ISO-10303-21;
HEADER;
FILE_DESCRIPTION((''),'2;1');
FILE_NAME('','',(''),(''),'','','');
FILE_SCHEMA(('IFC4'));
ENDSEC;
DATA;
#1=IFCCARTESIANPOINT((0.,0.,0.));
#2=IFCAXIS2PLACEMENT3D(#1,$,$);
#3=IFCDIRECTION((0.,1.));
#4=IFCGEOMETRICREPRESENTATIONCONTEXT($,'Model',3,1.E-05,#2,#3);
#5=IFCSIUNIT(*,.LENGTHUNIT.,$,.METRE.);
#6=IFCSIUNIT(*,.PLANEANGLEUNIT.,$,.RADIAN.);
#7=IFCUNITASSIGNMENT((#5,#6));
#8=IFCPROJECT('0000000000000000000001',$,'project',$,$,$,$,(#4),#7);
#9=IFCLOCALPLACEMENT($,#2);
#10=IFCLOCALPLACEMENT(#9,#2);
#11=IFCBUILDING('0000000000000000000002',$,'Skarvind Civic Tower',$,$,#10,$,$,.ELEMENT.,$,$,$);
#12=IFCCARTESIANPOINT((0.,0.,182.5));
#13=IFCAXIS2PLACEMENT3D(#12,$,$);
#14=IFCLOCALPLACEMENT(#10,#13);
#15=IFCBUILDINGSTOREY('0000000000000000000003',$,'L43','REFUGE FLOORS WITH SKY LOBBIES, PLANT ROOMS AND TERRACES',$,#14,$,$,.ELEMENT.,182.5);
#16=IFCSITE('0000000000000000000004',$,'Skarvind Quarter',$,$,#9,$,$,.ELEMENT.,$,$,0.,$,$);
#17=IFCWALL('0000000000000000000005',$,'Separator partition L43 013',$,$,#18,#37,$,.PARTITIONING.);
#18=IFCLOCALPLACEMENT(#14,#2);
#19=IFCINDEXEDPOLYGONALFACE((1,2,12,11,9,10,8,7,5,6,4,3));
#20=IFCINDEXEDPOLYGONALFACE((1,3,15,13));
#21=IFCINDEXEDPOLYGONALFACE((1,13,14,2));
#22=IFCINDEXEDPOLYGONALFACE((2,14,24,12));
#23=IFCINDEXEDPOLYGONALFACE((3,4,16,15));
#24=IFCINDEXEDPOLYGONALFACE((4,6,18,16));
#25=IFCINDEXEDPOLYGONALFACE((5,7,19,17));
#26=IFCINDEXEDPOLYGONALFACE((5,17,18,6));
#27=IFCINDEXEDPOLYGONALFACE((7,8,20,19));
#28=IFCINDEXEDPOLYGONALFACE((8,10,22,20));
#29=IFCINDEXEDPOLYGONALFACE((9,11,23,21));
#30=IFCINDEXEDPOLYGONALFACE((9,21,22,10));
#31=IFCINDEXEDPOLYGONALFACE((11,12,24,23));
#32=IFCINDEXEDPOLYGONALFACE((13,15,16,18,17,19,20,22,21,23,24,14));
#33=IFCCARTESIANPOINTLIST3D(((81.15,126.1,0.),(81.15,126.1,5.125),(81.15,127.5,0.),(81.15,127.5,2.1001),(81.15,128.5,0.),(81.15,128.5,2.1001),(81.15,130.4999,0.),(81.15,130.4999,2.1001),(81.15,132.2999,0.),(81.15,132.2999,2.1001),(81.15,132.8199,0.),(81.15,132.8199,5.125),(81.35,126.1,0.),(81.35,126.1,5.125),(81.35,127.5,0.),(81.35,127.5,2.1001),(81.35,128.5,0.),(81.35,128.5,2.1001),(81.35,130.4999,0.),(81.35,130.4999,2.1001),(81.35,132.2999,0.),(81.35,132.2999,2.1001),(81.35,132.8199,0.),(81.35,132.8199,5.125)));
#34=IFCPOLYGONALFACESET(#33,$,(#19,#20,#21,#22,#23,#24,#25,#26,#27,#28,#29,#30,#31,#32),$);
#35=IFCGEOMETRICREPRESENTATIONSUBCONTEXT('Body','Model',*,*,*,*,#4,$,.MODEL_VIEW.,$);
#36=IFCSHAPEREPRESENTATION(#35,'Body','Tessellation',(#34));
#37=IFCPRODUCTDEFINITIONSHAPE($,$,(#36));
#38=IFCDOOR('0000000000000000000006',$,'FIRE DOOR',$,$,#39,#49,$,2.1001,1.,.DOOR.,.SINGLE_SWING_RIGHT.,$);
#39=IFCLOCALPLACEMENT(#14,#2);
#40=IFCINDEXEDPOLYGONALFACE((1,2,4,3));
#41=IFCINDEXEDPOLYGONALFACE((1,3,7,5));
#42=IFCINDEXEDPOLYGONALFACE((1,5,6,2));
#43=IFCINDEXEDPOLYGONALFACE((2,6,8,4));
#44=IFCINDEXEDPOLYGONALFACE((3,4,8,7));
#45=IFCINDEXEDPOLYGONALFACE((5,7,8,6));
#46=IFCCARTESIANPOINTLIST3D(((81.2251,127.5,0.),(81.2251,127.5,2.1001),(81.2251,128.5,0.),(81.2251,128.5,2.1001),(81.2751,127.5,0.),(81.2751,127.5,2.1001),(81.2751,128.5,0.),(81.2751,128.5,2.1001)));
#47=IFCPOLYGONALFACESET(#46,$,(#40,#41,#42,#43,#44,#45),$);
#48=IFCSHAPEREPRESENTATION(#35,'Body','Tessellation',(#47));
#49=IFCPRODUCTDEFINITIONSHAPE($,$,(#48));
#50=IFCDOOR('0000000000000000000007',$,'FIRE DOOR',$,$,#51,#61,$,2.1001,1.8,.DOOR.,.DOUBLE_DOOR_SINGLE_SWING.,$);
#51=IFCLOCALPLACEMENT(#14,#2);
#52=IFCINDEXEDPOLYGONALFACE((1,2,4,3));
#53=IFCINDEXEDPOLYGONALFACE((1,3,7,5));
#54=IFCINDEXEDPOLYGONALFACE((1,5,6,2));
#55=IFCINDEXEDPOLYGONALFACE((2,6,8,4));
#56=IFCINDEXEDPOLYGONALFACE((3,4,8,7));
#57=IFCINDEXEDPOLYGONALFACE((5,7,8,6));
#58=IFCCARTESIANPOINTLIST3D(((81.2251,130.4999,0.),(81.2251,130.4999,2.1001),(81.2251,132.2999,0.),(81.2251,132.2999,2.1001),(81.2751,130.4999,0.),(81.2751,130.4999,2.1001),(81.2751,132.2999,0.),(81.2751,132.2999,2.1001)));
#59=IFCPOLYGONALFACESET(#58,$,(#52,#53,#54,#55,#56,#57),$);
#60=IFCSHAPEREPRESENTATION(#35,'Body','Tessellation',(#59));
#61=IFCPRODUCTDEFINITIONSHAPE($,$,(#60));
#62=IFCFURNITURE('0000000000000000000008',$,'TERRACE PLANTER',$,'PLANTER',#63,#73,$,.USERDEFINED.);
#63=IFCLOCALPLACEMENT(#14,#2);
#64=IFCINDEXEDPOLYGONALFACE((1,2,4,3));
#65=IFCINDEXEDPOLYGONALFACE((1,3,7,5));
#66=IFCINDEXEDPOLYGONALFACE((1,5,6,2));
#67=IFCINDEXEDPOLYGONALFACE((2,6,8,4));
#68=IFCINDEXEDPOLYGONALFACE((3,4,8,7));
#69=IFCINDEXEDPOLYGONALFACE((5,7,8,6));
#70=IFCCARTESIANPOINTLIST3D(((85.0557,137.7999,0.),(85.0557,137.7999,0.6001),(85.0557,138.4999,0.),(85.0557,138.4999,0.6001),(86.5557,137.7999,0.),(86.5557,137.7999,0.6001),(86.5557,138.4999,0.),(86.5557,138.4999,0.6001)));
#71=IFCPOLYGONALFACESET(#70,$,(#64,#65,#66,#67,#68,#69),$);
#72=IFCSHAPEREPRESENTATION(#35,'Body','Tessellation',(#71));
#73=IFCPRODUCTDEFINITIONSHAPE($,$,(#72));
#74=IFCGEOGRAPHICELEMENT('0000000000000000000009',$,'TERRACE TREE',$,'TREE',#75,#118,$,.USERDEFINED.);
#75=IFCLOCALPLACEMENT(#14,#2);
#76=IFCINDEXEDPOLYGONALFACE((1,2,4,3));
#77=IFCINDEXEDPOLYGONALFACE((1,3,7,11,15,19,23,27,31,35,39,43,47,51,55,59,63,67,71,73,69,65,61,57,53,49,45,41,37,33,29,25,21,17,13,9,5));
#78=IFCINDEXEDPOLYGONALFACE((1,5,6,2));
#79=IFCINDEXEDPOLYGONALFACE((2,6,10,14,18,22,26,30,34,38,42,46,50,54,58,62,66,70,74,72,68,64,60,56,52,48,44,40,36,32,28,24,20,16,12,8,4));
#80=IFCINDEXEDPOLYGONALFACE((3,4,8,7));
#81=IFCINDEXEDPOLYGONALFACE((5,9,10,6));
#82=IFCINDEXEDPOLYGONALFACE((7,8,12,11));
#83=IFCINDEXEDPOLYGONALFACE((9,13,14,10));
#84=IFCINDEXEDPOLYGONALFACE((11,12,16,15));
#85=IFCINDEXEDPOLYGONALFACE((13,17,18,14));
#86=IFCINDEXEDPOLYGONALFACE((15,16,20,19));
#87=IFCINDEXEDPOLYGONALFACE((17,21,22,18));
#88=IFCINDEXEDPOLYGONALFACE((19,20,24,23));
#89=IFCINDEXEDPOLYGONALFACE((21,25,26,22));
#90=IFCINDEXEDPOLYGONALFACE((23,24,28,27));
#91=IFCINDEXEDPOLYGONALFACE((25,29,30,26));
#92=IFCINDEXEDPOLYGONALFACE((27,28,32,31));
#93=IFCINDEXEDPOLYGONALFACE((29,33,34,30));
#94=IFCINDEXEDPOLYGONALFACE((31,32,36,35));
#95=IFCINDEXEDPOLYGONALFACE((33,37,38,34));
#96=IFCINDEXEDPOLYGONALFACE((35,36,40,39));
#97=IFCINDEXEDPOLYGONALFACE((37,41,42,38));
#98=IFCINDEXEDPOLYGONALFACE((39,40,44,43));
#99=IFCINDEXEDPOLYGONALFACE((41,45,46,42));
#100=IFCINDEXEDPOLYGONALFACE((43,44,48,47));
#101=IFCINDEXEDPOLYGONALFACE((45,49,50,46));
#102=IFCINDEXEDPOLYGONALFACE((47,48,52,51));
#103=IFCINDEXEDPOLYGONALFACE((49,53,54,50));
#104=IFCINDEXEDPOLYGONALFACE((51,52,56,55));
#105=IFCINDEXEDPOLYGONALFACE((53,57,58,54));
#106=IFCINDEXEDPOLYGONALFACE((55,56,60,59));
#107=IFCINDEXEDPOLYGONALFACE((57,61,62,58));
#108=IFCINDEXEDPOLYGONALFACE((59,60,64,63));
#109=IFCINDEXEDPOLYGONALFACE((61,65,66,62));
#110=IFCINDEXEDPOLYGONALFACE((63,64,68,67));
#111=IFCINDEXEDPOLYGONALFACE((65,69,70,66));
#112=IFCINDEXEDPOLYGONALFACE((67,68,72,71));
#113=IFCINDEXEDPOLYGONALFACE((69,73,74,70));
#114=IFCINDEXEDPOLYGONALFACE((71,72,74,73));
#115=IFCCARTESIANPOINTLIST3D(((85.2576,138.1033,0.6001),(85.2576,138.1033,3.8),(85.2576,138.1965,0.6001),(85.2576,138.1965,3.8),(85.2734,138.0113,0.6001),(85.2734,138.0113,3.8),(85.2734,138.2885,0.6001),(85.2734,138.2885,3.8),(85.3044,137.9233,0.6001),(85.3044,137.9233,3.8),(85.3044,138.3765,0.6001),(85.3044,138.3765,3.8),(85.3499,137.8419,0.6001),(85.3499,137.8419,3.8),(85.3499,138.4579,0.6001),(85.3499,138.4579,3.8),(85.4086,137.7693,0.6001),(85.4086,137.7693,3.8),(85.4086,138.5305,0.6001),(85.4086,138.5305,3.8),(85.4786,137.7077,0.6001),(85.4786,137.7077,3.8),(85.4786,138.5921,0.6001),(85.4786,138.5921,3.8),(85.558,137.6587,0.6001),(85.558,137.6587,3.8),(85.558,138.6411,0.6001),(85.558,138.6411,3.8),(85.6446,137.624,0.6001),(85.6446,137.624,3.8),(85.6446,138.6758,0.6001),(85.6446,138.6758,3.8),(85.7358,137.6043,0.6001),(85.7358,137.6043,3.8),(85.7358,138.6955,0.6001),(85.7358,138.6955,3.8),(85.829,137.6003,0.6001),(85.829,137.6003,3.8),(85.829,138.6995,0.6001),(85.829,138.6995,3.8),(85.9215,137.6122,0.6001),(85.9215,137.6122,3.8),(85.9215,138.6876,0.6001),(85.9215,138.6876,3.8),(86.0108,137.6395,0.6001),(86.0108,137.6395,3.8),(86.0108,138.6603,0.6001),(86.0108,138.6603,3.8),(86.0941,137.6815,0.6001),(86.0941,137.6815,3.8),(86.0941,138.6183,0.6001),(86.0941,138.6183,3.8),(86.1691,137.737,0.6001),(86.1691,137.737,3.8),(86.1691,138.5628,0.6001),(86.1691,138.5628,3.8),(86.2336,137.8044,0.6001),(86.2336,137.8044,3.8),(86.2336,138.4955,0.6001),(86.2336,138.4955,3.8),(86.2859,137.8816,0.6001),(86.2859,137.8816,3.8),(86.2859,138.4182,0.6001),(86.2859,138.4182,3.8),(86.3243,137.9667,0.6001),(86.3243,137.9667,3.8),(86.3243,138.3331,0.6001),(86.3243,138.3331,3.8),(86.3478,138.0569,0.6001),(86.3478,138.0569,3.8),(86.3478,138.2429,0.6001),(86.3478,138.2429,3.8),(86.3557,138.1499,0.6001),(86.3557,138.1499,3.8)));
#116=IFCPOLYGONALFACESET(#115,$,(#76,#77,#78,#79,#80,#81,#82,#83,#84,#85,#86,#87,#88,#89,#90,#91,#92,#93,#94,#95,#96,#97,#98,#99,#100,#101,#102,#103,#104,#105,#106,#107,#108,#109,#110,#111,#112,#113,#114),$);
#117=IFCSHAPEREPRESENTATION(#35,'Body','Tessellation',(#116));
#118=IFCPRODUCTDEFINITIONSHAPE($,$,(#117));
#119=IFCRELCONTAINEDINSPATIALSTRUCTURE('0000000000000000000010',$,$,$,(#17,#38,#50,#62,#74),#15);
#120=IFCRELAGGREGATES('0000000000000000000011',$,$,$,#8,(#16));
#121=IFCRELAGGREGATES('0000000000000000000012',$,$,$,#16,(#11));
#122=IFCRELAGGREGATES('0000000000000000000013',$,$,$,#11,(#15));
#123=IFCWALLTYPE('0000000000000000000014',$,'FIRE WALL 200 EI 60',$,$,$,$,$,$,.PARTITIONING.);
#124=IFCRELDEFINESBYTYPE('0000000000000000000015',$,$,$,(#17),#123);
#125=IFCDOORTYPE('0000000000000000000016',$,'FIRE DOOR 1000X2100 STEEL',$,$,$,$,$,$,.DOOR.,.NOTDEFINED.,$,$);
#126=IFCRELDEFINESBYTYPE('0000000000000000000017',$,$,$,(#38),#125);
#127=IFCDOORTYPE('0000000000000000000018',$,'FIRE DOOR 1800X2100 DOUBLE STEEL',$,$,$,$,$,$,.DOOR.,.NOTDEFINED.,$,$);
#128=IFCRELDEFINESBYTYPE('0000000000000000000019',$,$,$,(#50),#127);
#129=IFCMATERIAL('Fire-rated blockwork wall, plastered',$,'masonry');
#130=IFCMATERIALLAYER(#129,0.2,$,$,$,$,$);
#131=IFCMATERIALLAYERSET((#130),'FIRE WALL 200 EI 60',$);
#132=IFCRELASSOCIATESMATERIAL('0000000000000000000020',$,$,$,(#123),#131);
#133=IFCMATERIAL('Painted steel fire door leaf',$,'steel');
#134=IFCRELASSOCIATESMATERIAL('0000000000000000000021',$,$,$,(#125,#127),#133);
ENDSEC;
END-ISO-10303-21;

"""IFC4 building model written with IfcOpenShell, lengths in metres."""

from ifc_helpers import new_model, si_unit, direction, frame, frame_2d, origin, origin_2d, place, context, subcontext, project, spatial, rectangle, circle, extrude, material, layer, layer_set, type_object, element, fill, save


model = new_model("IFC4")

# Units and contexts
model_context = context("Model", 3, precision=1e-05, world=origin(), true_north=direction((0.0, 1.0)))
body_context = subcontext(model_context, "Body", "Model", "MODEL_VIEW")
ifc_project = project(units=[si_unit("LENGTHUNIT", "METRE"), si_unit("PLANEANGLEUNIT", "RADIAN")], contexts=[model_context])

# Site, building, storey
site_placement = place(None, origin())
site = spatial("IfcSite", under=ifc_project, at=site_placement, Name="Skarvind Quarter", CompositionType="ELEMENT", RefElevation=0.0)
building_placement = place(site_placement, origin())
building = spatial("IfcBuilding", under=site, at=building_placement, Name="Skarvind Civic Tower", CompositionType="ELEMENT")
storey_placement = place(building_placement, frame((0.0, 0.0, 182.5)))
storey = spatial("IfcBuildingStorey", under=building, at=storey_placement, Name="L43", Description="REFUGE FLOORS WITH SKY LOBBIES, PLANT ROOMS AND TERRACES", CompositionType="ELEMENT", Elevation=182.5)

# Wall, openings, doors
ifc_material_1 = material(Name="Fire-rated blockwork wall, plastered", Category="masonry")
ifc_layer_1 = layer(ifc_material_1, 0.2)
ifc_layer_set_1 = layer_set([ifc_layer_1], Name="FIRE WALL 200 EI 60")
wall_type_1 = type_object("IfcWallType", Name="FIRE WALL 200 EI 60", PredefinedType="PARTITIONING", material=ifc_layer_set_1)
wall_1_placement = place(storey_placement, frame((81.25, 126.1001, 0.0), z_axis=(0.0, 0.0, 1.0), x_axis=(0.0, 1.0, 0.0)))
wall_1 = element("IfcWall", 1, at=wall_1_placement, inside=storey, type_object=wall_type_1, Name="Separator partition L43 013", PredefinedType="PARTITIONING", context=body_context, shape_type="SweptSolid", body=[
    extrude(rectangle(XDim=6.72, YDim=0.2, at=frame_2d((3.3599, 0.0))), origin(), (0.0, 0.0, 1.0), 5.125),
])
opening_1_placement = place(wall_1_placement, frame((1.3999, 0.0, 0.0)))
opening_1 = element("IfcOpeningElement", 2, at=opening_1_placement, cuts=wall_1, PredefinedType="OPENING", context=body_context, shape_type="SweptSolid", body=[
    extrude(rectangle(XDim=1.0, YDim=2.1001, at=frame_2d((0.5, 1.05))), frame((0.0, 0.1099, 0.0), z_axis=(0.0, -1.0, 0.0), x_axis=(1.0, 0.0, 0.0)), (0.0, 0.0, 1.0), 0.22),
])
opening_2_placement = place(wall_1_placement, frame((4.3999, 0.0, 0.0)))
opening_2 = element("IfcOpeningElement", 3, at=opening_2_placement, cuts=wall_1, PredefinedType="OPENING", context=body_context, shape_type="SweptSolid", body=[
    extrude(rectangle(XDim=1.8, YDim=2.1001, at=frame_2d((0.8999, 1.05))), frame((0.0, 0.1099, 0.0), z_axis=(0.0, -1.0, 0.0), x_axis=(1.0, 0.0, 0.0)), (0.0, 0.0, 1.0), 0.22),
])
ifc_material_2 = material(Name="Painted steel fire door leaf", Category="steel")
door_type_1 = type_object("IfcDoorType", Name="FIRE DOOR 1000X2100 STEEL", OperationType="NOTDEFINED", PredefinedType="DOOR", material=ifc_material_2)
door_1_placement = place(opening_1_placement, origin())
door_1 = element("IfcDoor", 4, at=door_1_placement, inside=storey, type_object=door_type_1, Name="FIRE DOOR", OperationType="SINGLE_SWING_RIGHT", OverallHeight=2.1001, OverallWidth=1.0, PredefinedType="DOOR", context=body_context, shape_type="SweptSolid", body=[
    extrude(rectangle(XDim=1.0, YDim=2.1001, at=frame_2d((0.5, 1.05))), frame((0.0, 0.0249, 0.0), z_axis=(0.0, -1.0, 0.0), x_axis=(1.0, 0.0, 0.0)), (0.0, 0.0, 1.0), 0.05),
])
fill(opening_1, door_1)
door_type_2 = type_object("IfcDoorType", Name="FIRE DOOR 1800X2100 DOUBLE STEEL", OperationType="NOTDEFINED", PredefinedType="DOOR", material=ifc_material_2)
door_2_placement = place(opening_2_placement, origin())
door_2 = element("IfcDoor", 5, at=door_2_placement, inside=storey, type_object=door_type_2, Name="FIRE DOOR", OperationType="DOUBLE_DOOR_SINGLE_SWING", OverallHeight=2.1001, OverallWidth=1.8, PredefinedType="DOOR", context=body_context, shape_type="SweptSolid", body=[
    extrude(rectangle(XDim=1.8, YDim=2.1001, at=frame_2d((0.8999, 1.05))), frame((0.0, 0.0249, 0.0), z_axis=(0.0, -1.0, 0.0), x_axis=(1.0, 0.0, 0.0)), (0.0, 0.0, 1.0), 0.05),
])
fill(opening_2, door_2)

# Furniture
furniture_placement = place(storey_placement, frame((85.8057, 138.1499, 0.0), z_axis=(0.0, 0.0, 1.0), x_axis=(1.0, 0.0, 0.0)))
element("IfcFurniture", 6, at=furniture_placement, inside=storey, Name="TERRACE PLANTER", ObjectType="PLANTER", PredefinedType="USERDEFINED", context=body_context, shape_type="SweptSolid", body=[
    extrude(rectangle(XDim=1.5, YDim=0.7, at=origin_2d()), origin(), (0.0, 0.0, 1.0), 0.6001),
])

# Geographic element
geographic_element_placement = place(storey_placement, frame((85.8057, 138.1499, 0.6001), z_axis=(0.0, 0.0, 1.0), x_axis=(1.0, 0.0, 0.0)))
element("IfcGeographicElement", 7, at=geographic_element_placement, inside=storey, Name="TERRACE TREE", ObjectType="TREE", PredefinedType="USERDEFINED", context=body_context, shape_type="SweptSolid", body=[
    extrude(circle(Radius=0.55, at=origin_2d()), origin(), (0.0, 0.0, 1.0), 3.2),
])

save(model, "model.ifc")
